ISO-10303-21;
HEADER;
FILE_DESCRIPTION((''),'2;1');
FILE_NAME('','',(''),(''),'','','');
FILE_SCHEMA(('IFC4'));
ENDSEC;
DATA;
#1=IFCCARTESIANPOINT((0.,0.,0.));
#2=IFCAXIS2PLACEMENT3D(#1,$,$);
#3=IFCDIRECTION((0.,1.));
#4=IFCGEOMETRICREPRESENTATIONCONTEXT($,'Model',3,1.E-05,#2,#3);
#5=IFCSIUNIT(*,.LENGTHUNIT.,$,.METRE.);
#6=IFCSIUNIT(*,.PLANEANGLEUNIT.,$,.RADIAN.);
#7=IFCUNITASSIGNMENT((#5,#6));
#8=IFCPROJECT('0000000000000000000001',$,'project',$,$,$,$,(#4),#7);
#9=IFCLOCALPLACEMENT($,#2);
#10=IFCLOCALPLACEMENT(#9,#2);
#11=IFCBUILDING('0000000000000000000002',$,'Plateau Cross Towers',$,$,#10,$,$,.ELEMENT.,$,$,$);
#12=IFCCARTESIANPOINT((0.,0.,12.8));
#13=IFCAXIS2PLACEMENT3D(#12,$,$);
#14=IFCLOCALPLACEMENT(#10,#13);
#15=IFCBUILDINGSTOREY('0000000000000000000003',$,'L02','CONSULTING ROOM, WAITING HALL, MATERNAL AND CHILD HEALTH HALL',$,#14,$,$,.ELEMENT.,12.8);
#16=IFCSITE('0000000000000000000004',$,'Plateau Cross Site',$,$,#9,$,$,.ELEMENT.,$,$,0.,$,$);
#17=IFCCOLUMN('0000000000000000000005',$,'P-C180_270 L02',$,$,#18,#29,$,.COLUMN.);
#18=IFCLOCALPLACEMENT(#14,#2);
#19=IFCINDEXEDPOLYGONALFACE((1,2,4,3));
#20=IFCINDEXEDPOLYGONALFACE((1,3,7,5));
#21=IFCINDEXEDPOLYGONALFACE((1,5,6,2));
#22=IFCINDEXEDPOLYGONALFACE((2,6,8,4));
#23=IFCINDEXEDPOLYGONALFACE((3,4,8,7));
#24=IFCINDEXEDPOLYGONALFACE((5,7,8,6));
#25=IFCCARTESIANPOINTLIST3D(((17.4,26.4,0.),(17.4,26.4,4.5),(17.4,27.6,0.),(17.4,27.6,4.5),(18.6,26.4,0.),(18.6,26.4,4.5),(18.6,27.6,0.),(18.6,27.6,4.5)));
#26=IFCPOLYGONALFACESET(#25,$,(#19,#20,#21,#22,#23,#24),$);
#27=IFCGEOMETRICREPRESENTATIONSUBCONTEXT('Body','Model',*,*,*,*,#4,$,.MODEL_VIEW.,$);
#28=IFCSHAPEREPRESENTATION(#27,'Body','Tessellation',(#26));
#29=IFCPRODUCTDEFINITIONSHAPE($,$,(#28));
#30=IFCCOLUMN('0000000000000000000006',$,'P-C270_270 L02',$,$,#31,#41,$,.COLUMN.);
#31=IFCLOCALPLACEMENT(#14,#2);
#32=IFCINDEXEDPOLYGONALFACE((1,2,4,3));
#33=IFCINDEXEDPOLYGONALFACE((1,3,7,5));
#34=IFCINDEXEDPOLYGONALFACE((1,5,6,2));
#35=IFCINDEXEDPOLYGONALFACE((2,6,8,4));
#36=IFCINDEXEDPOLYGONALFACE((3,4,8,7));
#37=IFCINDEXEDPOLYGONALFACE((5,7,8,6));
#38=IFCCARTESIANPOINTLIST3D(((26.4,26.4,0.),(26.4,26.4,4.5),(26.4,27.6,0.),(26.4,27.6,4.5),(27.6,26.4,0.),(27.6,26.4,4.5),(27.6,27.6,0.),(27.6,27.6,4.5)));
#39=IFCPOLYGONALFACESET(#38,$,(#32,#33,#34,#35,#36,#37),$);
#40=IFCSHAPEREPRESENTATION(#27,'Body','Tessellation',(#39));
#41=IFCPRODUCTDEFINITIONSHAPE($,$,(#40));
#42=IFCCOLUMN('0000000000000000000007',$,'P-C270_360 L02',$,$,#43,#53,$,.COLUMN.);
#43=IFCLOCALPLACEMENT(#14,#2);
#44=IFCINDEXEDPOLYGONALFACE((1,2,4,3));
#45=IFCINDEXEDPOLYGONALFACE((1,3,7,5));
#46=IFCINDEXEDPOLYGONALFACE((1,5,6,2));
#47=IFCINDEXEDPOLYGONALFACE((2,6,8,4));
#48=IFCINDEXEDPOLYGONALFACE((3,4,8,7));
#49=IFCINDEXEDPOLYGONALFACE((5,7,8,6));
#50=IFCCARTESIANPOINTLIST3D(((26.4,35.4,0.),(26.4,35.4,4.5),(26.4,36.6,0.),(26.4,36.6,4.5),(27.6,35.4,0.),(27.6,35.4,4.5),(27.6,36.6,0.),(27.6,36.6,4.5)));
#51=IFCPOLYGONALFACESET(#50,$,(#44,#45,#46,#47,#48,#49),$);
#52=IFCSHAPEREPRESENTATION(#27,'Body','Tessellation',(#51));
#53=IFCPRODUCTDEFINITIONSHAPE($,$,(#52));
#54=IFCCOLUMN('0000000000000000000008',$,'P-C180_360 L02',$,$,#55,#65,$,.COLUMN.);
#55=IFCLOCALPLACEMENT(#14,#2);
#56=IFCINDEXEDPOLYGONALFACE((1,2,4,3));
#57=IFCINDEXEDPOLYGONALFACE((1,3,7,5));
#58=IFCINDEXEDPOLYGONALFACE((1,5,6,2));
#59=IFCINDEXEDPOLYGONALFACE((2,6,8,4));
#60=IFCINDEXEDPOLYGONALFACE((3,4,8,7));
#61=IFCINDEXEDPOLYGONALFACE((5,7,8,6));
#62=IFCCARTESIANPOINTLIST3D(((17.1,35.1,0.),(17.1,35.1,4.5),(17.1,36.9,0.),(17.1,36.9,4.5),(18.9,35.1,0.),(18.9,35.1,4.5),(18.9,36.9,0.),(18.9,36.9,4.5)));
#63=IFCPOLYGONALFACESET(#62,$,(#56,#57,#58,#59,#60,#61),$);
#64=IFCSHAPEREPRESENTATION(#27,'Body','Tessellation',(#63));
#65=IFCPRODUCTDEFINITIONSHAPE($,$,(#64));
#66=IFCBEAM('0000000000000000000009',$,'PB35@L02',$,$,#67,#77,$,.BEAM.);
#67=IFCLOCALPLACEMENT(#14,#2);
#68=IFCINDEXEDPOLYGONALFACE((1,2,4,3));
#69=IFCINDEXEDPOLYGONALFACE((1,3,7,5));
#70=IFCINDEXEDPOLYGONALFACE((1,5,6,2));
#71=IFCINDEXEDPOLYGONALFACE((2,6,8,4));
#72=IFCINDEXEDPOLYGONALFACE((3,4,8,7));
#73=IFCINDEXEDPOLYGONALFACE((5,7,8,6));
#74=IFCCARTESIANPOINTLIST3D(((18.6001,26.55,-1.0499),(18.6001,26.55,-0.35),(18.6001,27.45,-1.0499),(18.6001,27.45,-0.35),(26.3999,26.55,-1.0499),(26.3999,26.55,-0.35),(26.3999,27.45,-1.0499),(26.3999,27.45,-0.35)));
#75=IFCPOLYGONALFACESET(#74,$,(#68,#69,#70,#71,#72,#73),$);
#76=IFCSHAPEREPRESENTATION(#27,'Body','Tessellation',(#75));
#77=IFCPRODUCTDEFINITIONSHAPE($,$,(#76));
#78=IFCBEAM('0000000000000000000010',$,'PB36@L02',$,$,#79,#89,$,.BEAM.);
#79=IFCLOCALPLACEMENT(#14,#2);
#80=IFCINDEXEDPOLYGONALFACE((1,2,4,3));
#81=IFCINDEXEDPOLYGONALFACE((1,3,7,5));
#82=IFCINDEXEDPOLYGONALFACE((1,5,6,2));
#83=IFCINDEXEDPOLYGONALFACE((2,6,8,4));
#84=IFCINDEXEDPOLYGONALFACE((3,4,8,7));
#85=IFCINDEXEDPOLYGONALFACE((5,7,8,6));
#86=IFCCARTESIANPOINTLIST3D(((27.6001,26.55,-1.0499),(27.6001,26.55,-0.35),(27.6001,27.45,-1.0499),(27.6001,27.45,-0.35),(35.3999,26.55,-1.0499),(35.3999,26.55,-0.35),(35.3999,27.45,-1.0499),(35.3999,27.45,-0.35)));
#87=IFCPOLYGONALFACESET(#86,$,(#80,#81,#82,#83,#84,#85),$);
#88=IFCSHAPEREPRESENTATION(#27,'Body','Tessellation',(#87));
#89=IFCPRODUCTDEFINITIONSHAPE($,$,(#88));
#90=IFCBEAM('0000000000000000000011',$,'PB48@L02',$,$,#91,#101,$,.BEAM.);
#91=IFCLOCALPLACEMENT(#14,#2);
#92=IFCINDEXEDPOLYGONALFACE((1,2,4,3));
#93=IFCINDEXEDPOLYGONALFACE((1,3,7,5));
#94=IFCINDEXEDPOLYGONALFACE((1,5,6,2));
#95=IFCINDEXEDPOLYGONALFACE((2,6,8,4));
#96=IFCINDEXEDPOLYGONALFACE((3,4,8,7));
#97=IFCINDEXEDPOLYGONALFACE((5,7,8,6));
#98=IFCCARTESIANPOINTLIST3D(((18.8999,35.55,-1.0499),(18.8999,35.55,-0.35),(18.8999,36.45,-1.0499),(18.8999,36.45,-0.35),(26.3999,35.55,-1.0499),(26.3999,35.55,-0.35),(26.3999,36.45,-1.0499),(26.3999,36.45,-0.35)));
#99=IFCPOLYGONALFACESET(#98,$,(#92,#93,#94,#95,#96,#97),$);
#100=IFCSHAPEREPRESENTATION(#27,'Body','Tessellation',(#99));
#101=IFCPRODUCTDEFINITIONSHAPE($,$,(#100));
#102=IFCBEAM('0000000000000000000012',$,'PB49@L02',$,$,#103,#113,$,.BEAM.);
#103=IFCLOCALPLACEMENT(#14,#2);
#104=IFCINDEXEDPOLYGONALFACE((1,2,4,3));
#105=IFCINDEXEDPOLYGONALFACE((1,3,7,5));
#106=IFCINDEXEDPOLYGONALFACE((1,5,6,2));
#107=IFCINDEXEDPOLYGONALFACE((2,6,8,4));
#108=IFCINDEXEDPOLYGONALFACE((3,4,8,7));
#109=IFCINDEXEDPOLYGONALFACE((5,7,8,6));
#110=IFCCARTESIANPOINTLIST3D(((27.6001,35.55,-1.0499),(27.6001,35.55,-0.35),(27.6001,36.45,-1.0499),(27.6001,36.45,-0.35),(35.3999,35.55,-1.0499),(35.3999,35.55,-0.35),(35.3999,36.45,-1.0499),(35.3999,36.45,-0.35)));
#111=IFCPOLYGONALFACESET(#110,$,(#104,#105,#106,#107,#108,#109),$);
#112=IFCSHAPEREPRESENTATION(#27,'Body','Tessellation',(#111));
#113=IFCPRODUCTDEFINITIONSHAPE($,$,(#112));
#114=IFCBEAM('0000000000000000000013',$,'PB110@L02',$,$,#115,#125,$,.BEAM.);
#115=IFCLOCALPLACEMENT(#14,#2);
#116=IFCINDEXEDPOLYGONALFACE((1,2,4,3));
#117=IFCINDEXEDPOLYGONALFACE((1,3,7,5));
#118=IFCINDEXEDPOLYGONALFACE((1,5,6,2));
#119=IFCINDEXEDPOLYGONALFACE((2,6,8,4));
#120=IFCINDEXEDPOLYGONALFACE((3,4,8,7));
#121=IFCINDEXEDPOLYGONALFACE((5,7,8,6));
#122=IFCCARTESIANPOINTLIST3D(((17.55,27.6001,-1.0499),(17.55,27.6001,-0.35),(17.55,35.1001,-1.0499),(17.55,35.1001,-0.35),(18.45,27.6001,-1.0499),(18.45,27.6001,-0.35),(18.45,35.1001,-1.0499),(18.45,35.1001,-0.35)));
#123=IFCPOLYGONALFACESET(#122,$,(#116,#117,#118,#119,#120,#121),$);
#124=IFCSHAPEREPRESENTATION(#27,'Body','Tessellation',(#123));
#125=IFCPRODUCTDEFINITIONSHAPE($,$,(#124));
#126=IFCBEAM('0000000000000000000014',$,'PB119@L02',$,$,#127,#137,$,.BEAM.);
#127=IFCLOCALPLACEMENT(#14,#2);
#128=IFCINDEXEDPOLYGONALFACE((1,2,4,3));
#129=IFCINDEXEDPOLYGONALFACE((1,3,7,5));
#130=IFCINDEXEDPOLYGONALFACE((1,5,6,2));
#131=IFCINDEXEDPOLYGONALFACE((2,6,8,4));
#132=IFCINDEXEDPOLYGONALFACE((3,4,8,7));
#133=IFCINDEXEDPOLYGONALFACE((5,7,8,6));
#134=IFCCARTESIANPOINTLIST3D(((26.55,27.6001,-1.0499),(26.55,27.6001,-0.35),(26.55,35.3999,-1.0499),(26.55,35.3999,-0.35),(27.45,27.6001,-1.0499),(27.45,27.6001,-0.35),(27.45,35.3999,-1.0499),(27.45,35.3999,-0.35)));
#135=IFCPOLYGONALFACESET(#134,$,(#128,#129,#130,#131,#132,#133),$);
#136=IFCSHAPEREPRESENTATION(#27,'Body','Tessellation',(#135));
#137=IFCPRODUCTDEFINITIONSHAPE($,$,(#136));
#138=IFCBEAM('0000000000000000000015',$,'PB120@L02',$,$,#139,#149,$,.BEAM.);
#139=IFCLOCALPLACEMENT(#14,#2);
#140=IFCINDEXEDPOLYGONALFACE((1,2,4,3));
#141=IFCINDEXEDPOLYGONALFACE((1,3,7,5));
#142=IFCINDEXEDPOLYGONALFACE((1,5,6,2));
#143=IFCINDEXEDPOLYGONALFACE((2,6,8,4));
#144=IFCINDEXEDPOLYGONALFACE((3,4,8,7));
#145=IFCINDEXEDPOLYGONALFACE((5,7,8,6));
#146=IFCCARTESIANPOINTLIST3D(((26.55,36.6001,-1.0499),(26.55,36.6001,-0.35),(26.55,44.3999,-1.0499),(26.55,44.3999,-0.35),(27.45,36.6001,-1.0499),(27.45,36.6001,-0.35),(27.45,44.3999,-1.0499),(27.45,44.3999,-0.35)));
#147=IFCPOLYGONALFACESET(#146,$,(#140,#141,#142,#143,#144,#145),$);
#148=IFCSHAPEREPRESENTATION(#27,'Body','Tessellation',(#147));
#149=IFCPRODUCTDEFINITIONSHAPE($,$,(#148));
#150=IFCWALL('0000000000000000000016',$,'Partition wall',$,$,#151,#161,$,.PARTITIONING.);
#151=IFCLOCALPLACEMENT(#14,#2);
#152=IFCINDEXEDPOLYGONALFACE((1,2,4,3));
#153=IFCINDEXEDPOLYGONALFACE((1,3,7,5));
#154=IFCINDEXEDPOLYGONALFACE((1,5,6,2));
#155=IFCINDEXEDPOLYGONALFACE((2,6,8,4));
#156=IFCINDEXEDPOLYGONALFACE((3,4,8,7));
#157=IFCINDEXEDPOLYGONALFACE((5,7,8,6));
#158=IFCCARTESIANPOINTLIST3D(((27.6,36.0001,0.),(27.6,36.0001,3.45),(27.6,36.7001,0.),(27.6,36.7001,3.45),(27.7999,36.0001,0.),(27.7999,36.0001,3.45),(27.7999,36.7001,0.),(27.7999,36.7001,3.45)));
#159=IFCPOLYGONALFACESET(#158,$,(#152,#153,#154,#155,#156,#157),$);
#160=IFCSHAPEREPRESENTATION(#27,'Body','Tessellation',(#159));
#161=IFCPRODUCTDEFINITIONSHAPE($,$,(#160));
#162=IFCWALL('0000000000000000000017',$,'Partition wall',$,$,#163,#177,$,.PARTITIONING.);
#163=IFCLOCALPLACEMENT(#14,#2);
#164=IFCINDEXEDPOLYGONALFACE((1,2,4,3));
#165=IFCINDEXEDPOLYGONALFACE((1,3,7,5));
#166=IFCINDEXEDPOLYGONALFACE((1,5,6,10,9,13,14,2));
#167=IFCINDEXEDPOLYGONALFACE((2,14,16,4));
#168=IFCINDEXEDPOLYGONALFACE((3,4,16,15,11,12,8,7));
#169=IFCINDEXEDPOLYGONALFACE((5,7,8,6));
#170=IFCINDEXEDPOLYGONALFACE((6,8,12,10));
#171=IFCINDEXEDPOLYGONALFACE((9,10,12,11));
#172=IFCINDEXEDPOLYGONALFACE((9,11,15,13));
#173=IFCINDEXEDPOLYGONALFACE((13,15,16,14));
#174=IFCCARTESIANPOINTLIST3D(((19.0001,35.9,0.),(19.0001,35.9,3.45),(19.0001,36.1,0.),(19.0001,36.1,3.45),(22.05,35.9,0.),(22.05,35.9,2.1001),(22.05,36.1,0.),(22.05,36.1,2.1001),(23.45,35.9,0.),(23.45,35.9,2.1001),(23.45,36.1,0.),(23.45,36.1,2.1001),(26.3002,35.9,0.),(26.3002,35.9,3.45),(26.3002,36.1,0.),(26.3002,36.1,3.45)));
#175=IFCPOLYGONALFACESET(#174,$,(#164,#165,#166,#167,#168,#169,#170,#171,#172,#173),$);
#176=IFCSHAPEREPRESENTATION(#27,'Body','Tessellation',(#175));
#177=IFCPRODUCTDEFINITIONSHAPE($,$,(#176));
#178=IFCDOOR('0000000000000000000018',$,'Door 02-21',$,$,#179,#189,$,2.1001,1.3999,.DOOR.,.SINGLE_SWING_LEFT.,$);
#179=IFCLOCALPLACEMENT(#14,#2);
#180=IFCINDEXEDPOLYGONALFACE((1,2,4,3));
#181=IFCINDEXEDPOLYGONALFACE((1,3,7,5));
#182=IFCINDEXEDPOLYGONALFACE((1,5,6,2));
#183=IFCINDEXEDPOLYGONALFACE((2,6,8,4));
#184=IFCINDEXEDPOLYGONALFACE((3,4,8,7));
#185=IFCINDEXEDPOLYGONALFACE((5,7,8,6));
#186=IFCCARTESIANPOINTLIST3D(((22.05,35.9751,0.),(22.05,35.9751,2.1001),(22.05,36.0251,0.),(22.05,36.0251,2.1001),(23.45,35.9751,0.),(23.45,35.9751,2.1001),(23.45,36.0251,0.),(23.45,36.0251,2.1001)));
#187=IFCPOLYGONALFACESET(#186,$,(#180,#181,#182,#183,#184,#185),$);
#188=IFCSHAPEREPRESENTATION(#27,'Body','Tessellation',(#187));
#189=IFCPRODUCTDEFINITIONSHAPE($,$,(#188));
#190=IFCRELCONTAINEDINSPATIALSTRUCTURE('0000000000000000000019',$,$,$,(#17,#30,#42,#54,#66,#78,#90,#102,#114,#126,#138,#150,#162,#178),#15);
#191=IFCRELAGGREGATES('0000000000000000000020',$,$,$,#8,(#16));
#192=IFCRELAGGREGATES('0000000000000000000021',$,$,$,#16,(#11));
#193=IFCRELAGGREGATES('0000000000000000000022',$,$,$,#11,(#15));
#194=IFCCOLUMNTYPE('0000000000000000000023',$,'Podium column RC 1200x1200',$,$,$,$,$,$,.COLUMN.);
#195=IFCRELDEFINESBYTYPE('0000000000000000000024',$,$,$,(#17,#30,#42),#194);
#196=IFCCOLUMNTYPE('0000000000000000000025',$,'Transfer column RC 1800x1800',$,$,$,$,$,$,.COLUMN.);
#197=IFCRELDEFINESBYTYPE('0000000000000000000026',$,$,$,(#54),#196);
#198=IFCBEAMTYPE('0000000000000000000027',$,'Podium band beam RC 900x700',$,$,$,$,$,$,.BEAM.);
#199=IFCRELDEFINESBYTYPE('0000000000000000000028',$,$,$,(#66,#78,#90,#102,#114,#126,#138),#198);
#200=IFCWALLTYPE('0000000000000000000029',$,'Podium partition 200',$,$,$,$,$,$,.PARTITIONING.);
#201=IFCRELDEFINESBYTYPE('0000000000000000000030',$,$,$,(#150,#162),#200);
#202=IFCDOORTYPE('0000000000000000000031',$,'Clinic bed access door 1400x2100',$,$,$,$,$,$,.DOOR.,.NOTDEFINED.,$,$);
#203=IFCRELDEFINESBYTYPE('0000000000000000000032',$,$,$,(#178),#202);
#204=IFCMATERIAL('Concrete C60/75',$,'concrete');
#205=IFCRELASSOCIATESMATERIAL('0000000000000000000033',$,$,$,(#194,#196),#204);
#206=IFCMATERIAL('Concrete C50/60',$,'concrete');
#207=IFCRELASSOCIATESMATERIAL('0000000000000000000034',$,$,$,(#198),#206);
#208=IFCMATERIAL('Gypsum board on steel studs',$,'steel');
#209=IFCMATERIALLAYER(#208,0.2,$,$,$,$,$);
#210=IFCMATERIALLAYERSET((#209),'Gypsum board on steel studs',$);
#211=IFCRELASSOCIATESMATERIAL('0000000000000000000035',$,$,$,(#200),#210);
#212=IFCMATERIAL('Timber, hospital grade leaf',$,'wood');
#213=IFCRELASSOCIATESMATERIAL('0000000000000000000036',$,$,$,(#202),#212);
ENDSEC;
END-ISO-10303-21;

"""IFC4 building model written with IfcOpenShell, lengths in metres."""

from ifc_helpers import new_model, si_unit, direction, frame, frame_2d, origin, origin_2d, place, context, subcontext, project, spatial, rectangle, extrude, material, layer, layer_set, material_profile, profile_set, type_object, element, fill, save


model = new_model("IFC4")

# Units and contexts
model_context = context("Model", 3, precision=1e-05, world=origin(), true_north=direction((0.0, 1.0)))
body_context = subcontext(model_context, "Body", "Model", "MODEL_VIEW")
ifc_project = project(units=[si_unit("LENGTHUNIT", "METRE"), si_unit("PLANEANGLEUNIT", "RADIAN")], contexts=[model_context])

# Site, building, storey
site_placement = place(None, origin())
site = spatial("IfcSite", under=ifc_project, at=site_placement, Name="Plateau Cross Site", CompositionType="ELEMENT", RefElevation=0.0)
building_placement = place(site_placement, origin())
building = spatial("IfcBuilding", under=site, at=building_placement, Name="Plateau Cross Towers", CompositionType="ELEMENT")
storey_placement = place(building_placement, frame((0.0, 0.0, 12.8)))
storey = spatial("IfcBuildingStorey", under=building, at=storey_placement, Name="L02", Description="CONSULTING ROOM, WAITING HALL, MATERNAL AND CHILD HEALTH HALL", CompositionType="ELEMENT", Elevation=12.8)

# Columns
ifc_material_1 = material(Name="Concrete C60/75", Category="concrete")
ifc_material_profile_1 = material_profile(ifc_material_1, rectangle(XDim=1.2, YDim=1.2, at=origin_2d()), Name="RC 1200x1200")
ifc_profile_set_1 = profile_set([ifc_material_profile_1], Name="Concrete C60/75")
column_type_1 = type_object("IfcColumnType", Name="Podium column RC 1200x1200", PredefinedType="COLUMN", material=ifc_profile_set_1)
for number, where, z_axis, x_axis, name in (
    (1, (18.0, 27.0, 0.0), (0.0, 0.0, 1.0), (1.0, 0.0, 0.0), "P-C180_270 L02"),
    (2, (27.0, 27.0, 0.0), (0.0, 0.0, 1.0), (1.0, 0.0, 0.0), "P-C270_270 L02"),
    (3, (27.0, 36.0, 0.0), (0.0, 0.0, 1.0), (1.0, 0.0, 0.0), "P-C270_360 L02"),
):
    element("IfcColumn", number, at=place(storey_placement, frame(where, z_axis=z_axis, x_axis=x_axis)), inside=storey, type_object=column_type_1, Name=name, PredefinedType="COLUMN", context=body_context, shape_type="SweptSolid", body=[
        extrude(rectangle(XDim=1.2, YDim=1.2, at=origin_2d()), origin(), (0.0, 0.0, 1.0), 4.5),
    ])
ifc_material_profile_2 = material_profile(ifc_material_1, rectangle(XDim=1.8, YDim=1.8, at=origin_2d()), Name="RC 1800x1800")
ifc_profile_set_2 = profile_set([ifc_material_profile_2], Name="Concrete C60/75")
column_type_2 = type_object("IfcColumnType", Name="Transfer column RC 1800x1800", PredefinedType="COLUMN", material=ifc_profile_set_2)
column_placement = place(storey_placement, frame((18.0, 36.0, 0.0), z_axis=(0.0, 0.0, 1.0), x_axis=(1.0, 0.0, 0.0)))
element("IfcColumn", 4, at=column_placement, inside=storey, type_object=column_type_2, Name="P-C180_360 L02", PredefinedType="COLUMN", context=body_context, shape_type="SweptSolid", body=[
    extrude(rectangle(XDim=1.8, YDim=1.8, at=origin_2d()), origin(), (0.0, 0.0, 1.0), 4.5),
])

# Beams
ifc_material_2 = material(Name="Concrete C50/60", Category="concrete")
ifc_material_profile_3 = material_profile(ifc_material_2, rectangle(XDim=0.8999, YDim=0.7, at=origin_2d()), Name="RC 900x700")
ifc_profile_set_3 = profile_set([ifc_material_profile_3], Name="Concrete C50/60")
beam_type = type_object("IfcBeamType", Name="Podium band beam RC 900x700", PredefinedType="BEAM", material=ifc_profile_set_3)
for number, where, z_axis, x_axis, name in (
    (5, (18.6001, 27.0, -0.7), (1.0, 0.0, 0.0), (0.0, 1.0, 0.0), "PB35@L02"),
    (6, (27.6001, 27.0, -0.7), (1.0, 0.0, 0.0), (0.0, 1.0, 0.0), "PB36@L02"),
):
    element("IfcBeam", number, at=place(storey_placement, frame(where, z_axis=z_axis, x_axis=x_axis)), inside=storey, type_object=beam_type, Name=name, PredefinedType="BEAM", context=body_context, shape_type="SweptSolid", body=[
        extrude(rectangle(XDim=0.8999, YDim=0.7, at=origin_2d()), origin(), (0.0, 0.0, 1.0), 7.7998),
    ])
beam_1_placement = place(storey_placement, frame((18.8999, 36.0, -0.7), z_axis=(1.0, 0.0, 0.0), x_axis=(0.0, 1.0, 0.0)))
element("IfcBeam", 7, at=beam_1_placement, inside=storey, type_object=beam_type, Name="PB48@L02", PredefinedType="BEAM", context=body_context, shape_type="SweptSolid", body=[
    extrude(rectangle(XDim=0.8999, YDim=0.7, at=origin_2d()), origin(), (0.0, 0.0, 1.0), 7.5),
])
beam_2_placement = place(storey_placement, frame((27.6001, 36.0, -0.7), z_axis=(1.0, 0.0, 0.0), x_axis=(0.0, 1.0, 0.0)))
element("IfcBeam", 8, at=beam_2_placement, inside=storey, type_object=beam_type, Name="PB49@L02", PredefinedType="BEAM", context=body_context, shape_type="SweptSolid", body=[
    extrude(rectangle(XDim=0.8999, YDim=0.7, at=origin_2d()), origin(), (0.0, 0.0, 1.0), 7.7998),
])
beam_3_placement = place(storey_placement, frame((18.0, 27.6001, -0.7), z_axis=(0.0, 1.0, 0.0), x_axis=(-1.0, 0.0, 0.0)))
element("IfcBeam", 9, at=beam_3_placement, inside=storey, type_object=beam_type, Name="PB110@L02", PredefinedType="BEAM", context=body_context, shape_type="SweptSolid", body=[
    extrude(rectangle(XDim=0.8999, YDim=0.7, at=origin_2d()), origin(), (0.0, 0.0, 1.0), 7.5),
])
for number, where, z_axis, x_axis, name in (
    (10, (27.0, 27.6001, -0.7), (0.0, 1.0, 0.0), (-1.0, 0.0, 0.0), "PB119@L02"),
    (11, (27.0, 36.6001, -0.7), (0.0, 1.0, 0.0), (-1.0, 0.0, 0.0), "PB120@L02"),
):
    element("IfcBeam", number, at=place(storey_placement, frame(where, z_axis=z_axis, x_axis=x_axis)), inside=storey, type_object=beam_type, Name=name, PredefinedType="BEAM", context=body_context, shape_type="SweptSolid", body=[
        extrude(rectangle(XDim=0.8999, YDim=0.7, at=origin_2d()), origin(), (0.0, 0.0, 1.0), 7.7998),
    ])

# Wall
ifc_material_3 = material(Name="Gypsum board on steel studs", Category="steel")
ifc_layer_1 = layer(ifc_material_3, 0.2)
ifc_layer_set_1 = layer_set([ifc_layer_1], Name="Gypsum board on steel studs")
wall_type_1 = type_object("IfcWallType", Name="Podium partition 200", PredefinedType="PARTITIONING", material=ifc_layer_set_1)
wall_1_placement = place(storey_placement, frame((27.7, 36.0, 0.0), z_axis=(0.0, 0.0, 1.0), x_axis=(0.0, 1.0, 0.0)))
element("IfcWall", 12, at=wall_1_placement, inside=storey, type_object=wall_type_1, Name="Partition wall", PredefinedType="PARTITIONING", context=body_context, shape_type="SweptSolid", body=[
    extrude(rectangle(XDim=0.7, YDim=0.2, at=frame_2d((0.3501, 0.0))), origin(), (0.0, 0.0, 1.0), 3.45),
])

# Wall, opening, door
wall_2_placement = place(storey_placement, frame((26.3, 36.0, 0.0), z_axis=(0.0, 0.0, 1.0), x_axis=(-1.0, 0.0, 0.0)))
wall_2 = element("IfcWall", 13, at=wall_2_placement, inside=storey, type_object=wall_type_1, Name="Partition wall", PredefinedType="PARTITIONING", context=body_context, shape_type="SweptSolid", body=[
    extrude(rectangle(XDim=7.3, YDim=0.2, at=frame_2d((3.6499, 0.0))), origin(), (0.0, 0.0, 1.0), 3.45),
])
opening_placement = place(wall_2_placement, frame((2.8501, 0.0, 0.0)))
opening = element("IfcOpeningElement", 14, at=opening_placement, cuts=wall_2, PredefinedType="OPENING", context=body_context, shape_type="SweptSolid", body=[
    extrude(rectangle(XDim=1.3999, YDim=2.1001, at=frame_2d((0.7, 1.05))), frame((0.0, 0.1099, 0.0), z_axis=(0.0, -1.0, 0.0), x_axis=(1.0, 0.0, 0.0)), (0.0, 0.0, 1.0), 0.22),
])
ifc_material_4 = material(Name="Timber, hospital grade leaf", Category="wood")
door_type = type_object("IfcDoorType", Name="Clinic bed access door 1400x2100", OperationType="NOTDEFINED", PredefinedType="DOOR", material=ifc_material_4)
door_placement = place(opening_placement, origin())
door = element("IfcDoor", 15, at=door_placement, inside=storey, type_object=door_type, Name="Door 02-21", OperationType="SINGLE_SWING_LEFT", OverallHeight=2.1001, OverallWidth=1.3999, PredefinedType="DOOR", context=body_context, shape_type="SweptSolid", body=[
    extrude(rectangle(XDim=1.3999, YDim=2.1001, at=frame_2d((0.7, 1.05))), frame((0.0, 0.0249, 0.0), z_axis=(0.0, -1.0, 0.0), x_axis=(1.0, 0.0, 0.0)), (0.0, 0.0, 1.0), 0.05),
])
fill(opening, door)

save(model, "model.ifc")
